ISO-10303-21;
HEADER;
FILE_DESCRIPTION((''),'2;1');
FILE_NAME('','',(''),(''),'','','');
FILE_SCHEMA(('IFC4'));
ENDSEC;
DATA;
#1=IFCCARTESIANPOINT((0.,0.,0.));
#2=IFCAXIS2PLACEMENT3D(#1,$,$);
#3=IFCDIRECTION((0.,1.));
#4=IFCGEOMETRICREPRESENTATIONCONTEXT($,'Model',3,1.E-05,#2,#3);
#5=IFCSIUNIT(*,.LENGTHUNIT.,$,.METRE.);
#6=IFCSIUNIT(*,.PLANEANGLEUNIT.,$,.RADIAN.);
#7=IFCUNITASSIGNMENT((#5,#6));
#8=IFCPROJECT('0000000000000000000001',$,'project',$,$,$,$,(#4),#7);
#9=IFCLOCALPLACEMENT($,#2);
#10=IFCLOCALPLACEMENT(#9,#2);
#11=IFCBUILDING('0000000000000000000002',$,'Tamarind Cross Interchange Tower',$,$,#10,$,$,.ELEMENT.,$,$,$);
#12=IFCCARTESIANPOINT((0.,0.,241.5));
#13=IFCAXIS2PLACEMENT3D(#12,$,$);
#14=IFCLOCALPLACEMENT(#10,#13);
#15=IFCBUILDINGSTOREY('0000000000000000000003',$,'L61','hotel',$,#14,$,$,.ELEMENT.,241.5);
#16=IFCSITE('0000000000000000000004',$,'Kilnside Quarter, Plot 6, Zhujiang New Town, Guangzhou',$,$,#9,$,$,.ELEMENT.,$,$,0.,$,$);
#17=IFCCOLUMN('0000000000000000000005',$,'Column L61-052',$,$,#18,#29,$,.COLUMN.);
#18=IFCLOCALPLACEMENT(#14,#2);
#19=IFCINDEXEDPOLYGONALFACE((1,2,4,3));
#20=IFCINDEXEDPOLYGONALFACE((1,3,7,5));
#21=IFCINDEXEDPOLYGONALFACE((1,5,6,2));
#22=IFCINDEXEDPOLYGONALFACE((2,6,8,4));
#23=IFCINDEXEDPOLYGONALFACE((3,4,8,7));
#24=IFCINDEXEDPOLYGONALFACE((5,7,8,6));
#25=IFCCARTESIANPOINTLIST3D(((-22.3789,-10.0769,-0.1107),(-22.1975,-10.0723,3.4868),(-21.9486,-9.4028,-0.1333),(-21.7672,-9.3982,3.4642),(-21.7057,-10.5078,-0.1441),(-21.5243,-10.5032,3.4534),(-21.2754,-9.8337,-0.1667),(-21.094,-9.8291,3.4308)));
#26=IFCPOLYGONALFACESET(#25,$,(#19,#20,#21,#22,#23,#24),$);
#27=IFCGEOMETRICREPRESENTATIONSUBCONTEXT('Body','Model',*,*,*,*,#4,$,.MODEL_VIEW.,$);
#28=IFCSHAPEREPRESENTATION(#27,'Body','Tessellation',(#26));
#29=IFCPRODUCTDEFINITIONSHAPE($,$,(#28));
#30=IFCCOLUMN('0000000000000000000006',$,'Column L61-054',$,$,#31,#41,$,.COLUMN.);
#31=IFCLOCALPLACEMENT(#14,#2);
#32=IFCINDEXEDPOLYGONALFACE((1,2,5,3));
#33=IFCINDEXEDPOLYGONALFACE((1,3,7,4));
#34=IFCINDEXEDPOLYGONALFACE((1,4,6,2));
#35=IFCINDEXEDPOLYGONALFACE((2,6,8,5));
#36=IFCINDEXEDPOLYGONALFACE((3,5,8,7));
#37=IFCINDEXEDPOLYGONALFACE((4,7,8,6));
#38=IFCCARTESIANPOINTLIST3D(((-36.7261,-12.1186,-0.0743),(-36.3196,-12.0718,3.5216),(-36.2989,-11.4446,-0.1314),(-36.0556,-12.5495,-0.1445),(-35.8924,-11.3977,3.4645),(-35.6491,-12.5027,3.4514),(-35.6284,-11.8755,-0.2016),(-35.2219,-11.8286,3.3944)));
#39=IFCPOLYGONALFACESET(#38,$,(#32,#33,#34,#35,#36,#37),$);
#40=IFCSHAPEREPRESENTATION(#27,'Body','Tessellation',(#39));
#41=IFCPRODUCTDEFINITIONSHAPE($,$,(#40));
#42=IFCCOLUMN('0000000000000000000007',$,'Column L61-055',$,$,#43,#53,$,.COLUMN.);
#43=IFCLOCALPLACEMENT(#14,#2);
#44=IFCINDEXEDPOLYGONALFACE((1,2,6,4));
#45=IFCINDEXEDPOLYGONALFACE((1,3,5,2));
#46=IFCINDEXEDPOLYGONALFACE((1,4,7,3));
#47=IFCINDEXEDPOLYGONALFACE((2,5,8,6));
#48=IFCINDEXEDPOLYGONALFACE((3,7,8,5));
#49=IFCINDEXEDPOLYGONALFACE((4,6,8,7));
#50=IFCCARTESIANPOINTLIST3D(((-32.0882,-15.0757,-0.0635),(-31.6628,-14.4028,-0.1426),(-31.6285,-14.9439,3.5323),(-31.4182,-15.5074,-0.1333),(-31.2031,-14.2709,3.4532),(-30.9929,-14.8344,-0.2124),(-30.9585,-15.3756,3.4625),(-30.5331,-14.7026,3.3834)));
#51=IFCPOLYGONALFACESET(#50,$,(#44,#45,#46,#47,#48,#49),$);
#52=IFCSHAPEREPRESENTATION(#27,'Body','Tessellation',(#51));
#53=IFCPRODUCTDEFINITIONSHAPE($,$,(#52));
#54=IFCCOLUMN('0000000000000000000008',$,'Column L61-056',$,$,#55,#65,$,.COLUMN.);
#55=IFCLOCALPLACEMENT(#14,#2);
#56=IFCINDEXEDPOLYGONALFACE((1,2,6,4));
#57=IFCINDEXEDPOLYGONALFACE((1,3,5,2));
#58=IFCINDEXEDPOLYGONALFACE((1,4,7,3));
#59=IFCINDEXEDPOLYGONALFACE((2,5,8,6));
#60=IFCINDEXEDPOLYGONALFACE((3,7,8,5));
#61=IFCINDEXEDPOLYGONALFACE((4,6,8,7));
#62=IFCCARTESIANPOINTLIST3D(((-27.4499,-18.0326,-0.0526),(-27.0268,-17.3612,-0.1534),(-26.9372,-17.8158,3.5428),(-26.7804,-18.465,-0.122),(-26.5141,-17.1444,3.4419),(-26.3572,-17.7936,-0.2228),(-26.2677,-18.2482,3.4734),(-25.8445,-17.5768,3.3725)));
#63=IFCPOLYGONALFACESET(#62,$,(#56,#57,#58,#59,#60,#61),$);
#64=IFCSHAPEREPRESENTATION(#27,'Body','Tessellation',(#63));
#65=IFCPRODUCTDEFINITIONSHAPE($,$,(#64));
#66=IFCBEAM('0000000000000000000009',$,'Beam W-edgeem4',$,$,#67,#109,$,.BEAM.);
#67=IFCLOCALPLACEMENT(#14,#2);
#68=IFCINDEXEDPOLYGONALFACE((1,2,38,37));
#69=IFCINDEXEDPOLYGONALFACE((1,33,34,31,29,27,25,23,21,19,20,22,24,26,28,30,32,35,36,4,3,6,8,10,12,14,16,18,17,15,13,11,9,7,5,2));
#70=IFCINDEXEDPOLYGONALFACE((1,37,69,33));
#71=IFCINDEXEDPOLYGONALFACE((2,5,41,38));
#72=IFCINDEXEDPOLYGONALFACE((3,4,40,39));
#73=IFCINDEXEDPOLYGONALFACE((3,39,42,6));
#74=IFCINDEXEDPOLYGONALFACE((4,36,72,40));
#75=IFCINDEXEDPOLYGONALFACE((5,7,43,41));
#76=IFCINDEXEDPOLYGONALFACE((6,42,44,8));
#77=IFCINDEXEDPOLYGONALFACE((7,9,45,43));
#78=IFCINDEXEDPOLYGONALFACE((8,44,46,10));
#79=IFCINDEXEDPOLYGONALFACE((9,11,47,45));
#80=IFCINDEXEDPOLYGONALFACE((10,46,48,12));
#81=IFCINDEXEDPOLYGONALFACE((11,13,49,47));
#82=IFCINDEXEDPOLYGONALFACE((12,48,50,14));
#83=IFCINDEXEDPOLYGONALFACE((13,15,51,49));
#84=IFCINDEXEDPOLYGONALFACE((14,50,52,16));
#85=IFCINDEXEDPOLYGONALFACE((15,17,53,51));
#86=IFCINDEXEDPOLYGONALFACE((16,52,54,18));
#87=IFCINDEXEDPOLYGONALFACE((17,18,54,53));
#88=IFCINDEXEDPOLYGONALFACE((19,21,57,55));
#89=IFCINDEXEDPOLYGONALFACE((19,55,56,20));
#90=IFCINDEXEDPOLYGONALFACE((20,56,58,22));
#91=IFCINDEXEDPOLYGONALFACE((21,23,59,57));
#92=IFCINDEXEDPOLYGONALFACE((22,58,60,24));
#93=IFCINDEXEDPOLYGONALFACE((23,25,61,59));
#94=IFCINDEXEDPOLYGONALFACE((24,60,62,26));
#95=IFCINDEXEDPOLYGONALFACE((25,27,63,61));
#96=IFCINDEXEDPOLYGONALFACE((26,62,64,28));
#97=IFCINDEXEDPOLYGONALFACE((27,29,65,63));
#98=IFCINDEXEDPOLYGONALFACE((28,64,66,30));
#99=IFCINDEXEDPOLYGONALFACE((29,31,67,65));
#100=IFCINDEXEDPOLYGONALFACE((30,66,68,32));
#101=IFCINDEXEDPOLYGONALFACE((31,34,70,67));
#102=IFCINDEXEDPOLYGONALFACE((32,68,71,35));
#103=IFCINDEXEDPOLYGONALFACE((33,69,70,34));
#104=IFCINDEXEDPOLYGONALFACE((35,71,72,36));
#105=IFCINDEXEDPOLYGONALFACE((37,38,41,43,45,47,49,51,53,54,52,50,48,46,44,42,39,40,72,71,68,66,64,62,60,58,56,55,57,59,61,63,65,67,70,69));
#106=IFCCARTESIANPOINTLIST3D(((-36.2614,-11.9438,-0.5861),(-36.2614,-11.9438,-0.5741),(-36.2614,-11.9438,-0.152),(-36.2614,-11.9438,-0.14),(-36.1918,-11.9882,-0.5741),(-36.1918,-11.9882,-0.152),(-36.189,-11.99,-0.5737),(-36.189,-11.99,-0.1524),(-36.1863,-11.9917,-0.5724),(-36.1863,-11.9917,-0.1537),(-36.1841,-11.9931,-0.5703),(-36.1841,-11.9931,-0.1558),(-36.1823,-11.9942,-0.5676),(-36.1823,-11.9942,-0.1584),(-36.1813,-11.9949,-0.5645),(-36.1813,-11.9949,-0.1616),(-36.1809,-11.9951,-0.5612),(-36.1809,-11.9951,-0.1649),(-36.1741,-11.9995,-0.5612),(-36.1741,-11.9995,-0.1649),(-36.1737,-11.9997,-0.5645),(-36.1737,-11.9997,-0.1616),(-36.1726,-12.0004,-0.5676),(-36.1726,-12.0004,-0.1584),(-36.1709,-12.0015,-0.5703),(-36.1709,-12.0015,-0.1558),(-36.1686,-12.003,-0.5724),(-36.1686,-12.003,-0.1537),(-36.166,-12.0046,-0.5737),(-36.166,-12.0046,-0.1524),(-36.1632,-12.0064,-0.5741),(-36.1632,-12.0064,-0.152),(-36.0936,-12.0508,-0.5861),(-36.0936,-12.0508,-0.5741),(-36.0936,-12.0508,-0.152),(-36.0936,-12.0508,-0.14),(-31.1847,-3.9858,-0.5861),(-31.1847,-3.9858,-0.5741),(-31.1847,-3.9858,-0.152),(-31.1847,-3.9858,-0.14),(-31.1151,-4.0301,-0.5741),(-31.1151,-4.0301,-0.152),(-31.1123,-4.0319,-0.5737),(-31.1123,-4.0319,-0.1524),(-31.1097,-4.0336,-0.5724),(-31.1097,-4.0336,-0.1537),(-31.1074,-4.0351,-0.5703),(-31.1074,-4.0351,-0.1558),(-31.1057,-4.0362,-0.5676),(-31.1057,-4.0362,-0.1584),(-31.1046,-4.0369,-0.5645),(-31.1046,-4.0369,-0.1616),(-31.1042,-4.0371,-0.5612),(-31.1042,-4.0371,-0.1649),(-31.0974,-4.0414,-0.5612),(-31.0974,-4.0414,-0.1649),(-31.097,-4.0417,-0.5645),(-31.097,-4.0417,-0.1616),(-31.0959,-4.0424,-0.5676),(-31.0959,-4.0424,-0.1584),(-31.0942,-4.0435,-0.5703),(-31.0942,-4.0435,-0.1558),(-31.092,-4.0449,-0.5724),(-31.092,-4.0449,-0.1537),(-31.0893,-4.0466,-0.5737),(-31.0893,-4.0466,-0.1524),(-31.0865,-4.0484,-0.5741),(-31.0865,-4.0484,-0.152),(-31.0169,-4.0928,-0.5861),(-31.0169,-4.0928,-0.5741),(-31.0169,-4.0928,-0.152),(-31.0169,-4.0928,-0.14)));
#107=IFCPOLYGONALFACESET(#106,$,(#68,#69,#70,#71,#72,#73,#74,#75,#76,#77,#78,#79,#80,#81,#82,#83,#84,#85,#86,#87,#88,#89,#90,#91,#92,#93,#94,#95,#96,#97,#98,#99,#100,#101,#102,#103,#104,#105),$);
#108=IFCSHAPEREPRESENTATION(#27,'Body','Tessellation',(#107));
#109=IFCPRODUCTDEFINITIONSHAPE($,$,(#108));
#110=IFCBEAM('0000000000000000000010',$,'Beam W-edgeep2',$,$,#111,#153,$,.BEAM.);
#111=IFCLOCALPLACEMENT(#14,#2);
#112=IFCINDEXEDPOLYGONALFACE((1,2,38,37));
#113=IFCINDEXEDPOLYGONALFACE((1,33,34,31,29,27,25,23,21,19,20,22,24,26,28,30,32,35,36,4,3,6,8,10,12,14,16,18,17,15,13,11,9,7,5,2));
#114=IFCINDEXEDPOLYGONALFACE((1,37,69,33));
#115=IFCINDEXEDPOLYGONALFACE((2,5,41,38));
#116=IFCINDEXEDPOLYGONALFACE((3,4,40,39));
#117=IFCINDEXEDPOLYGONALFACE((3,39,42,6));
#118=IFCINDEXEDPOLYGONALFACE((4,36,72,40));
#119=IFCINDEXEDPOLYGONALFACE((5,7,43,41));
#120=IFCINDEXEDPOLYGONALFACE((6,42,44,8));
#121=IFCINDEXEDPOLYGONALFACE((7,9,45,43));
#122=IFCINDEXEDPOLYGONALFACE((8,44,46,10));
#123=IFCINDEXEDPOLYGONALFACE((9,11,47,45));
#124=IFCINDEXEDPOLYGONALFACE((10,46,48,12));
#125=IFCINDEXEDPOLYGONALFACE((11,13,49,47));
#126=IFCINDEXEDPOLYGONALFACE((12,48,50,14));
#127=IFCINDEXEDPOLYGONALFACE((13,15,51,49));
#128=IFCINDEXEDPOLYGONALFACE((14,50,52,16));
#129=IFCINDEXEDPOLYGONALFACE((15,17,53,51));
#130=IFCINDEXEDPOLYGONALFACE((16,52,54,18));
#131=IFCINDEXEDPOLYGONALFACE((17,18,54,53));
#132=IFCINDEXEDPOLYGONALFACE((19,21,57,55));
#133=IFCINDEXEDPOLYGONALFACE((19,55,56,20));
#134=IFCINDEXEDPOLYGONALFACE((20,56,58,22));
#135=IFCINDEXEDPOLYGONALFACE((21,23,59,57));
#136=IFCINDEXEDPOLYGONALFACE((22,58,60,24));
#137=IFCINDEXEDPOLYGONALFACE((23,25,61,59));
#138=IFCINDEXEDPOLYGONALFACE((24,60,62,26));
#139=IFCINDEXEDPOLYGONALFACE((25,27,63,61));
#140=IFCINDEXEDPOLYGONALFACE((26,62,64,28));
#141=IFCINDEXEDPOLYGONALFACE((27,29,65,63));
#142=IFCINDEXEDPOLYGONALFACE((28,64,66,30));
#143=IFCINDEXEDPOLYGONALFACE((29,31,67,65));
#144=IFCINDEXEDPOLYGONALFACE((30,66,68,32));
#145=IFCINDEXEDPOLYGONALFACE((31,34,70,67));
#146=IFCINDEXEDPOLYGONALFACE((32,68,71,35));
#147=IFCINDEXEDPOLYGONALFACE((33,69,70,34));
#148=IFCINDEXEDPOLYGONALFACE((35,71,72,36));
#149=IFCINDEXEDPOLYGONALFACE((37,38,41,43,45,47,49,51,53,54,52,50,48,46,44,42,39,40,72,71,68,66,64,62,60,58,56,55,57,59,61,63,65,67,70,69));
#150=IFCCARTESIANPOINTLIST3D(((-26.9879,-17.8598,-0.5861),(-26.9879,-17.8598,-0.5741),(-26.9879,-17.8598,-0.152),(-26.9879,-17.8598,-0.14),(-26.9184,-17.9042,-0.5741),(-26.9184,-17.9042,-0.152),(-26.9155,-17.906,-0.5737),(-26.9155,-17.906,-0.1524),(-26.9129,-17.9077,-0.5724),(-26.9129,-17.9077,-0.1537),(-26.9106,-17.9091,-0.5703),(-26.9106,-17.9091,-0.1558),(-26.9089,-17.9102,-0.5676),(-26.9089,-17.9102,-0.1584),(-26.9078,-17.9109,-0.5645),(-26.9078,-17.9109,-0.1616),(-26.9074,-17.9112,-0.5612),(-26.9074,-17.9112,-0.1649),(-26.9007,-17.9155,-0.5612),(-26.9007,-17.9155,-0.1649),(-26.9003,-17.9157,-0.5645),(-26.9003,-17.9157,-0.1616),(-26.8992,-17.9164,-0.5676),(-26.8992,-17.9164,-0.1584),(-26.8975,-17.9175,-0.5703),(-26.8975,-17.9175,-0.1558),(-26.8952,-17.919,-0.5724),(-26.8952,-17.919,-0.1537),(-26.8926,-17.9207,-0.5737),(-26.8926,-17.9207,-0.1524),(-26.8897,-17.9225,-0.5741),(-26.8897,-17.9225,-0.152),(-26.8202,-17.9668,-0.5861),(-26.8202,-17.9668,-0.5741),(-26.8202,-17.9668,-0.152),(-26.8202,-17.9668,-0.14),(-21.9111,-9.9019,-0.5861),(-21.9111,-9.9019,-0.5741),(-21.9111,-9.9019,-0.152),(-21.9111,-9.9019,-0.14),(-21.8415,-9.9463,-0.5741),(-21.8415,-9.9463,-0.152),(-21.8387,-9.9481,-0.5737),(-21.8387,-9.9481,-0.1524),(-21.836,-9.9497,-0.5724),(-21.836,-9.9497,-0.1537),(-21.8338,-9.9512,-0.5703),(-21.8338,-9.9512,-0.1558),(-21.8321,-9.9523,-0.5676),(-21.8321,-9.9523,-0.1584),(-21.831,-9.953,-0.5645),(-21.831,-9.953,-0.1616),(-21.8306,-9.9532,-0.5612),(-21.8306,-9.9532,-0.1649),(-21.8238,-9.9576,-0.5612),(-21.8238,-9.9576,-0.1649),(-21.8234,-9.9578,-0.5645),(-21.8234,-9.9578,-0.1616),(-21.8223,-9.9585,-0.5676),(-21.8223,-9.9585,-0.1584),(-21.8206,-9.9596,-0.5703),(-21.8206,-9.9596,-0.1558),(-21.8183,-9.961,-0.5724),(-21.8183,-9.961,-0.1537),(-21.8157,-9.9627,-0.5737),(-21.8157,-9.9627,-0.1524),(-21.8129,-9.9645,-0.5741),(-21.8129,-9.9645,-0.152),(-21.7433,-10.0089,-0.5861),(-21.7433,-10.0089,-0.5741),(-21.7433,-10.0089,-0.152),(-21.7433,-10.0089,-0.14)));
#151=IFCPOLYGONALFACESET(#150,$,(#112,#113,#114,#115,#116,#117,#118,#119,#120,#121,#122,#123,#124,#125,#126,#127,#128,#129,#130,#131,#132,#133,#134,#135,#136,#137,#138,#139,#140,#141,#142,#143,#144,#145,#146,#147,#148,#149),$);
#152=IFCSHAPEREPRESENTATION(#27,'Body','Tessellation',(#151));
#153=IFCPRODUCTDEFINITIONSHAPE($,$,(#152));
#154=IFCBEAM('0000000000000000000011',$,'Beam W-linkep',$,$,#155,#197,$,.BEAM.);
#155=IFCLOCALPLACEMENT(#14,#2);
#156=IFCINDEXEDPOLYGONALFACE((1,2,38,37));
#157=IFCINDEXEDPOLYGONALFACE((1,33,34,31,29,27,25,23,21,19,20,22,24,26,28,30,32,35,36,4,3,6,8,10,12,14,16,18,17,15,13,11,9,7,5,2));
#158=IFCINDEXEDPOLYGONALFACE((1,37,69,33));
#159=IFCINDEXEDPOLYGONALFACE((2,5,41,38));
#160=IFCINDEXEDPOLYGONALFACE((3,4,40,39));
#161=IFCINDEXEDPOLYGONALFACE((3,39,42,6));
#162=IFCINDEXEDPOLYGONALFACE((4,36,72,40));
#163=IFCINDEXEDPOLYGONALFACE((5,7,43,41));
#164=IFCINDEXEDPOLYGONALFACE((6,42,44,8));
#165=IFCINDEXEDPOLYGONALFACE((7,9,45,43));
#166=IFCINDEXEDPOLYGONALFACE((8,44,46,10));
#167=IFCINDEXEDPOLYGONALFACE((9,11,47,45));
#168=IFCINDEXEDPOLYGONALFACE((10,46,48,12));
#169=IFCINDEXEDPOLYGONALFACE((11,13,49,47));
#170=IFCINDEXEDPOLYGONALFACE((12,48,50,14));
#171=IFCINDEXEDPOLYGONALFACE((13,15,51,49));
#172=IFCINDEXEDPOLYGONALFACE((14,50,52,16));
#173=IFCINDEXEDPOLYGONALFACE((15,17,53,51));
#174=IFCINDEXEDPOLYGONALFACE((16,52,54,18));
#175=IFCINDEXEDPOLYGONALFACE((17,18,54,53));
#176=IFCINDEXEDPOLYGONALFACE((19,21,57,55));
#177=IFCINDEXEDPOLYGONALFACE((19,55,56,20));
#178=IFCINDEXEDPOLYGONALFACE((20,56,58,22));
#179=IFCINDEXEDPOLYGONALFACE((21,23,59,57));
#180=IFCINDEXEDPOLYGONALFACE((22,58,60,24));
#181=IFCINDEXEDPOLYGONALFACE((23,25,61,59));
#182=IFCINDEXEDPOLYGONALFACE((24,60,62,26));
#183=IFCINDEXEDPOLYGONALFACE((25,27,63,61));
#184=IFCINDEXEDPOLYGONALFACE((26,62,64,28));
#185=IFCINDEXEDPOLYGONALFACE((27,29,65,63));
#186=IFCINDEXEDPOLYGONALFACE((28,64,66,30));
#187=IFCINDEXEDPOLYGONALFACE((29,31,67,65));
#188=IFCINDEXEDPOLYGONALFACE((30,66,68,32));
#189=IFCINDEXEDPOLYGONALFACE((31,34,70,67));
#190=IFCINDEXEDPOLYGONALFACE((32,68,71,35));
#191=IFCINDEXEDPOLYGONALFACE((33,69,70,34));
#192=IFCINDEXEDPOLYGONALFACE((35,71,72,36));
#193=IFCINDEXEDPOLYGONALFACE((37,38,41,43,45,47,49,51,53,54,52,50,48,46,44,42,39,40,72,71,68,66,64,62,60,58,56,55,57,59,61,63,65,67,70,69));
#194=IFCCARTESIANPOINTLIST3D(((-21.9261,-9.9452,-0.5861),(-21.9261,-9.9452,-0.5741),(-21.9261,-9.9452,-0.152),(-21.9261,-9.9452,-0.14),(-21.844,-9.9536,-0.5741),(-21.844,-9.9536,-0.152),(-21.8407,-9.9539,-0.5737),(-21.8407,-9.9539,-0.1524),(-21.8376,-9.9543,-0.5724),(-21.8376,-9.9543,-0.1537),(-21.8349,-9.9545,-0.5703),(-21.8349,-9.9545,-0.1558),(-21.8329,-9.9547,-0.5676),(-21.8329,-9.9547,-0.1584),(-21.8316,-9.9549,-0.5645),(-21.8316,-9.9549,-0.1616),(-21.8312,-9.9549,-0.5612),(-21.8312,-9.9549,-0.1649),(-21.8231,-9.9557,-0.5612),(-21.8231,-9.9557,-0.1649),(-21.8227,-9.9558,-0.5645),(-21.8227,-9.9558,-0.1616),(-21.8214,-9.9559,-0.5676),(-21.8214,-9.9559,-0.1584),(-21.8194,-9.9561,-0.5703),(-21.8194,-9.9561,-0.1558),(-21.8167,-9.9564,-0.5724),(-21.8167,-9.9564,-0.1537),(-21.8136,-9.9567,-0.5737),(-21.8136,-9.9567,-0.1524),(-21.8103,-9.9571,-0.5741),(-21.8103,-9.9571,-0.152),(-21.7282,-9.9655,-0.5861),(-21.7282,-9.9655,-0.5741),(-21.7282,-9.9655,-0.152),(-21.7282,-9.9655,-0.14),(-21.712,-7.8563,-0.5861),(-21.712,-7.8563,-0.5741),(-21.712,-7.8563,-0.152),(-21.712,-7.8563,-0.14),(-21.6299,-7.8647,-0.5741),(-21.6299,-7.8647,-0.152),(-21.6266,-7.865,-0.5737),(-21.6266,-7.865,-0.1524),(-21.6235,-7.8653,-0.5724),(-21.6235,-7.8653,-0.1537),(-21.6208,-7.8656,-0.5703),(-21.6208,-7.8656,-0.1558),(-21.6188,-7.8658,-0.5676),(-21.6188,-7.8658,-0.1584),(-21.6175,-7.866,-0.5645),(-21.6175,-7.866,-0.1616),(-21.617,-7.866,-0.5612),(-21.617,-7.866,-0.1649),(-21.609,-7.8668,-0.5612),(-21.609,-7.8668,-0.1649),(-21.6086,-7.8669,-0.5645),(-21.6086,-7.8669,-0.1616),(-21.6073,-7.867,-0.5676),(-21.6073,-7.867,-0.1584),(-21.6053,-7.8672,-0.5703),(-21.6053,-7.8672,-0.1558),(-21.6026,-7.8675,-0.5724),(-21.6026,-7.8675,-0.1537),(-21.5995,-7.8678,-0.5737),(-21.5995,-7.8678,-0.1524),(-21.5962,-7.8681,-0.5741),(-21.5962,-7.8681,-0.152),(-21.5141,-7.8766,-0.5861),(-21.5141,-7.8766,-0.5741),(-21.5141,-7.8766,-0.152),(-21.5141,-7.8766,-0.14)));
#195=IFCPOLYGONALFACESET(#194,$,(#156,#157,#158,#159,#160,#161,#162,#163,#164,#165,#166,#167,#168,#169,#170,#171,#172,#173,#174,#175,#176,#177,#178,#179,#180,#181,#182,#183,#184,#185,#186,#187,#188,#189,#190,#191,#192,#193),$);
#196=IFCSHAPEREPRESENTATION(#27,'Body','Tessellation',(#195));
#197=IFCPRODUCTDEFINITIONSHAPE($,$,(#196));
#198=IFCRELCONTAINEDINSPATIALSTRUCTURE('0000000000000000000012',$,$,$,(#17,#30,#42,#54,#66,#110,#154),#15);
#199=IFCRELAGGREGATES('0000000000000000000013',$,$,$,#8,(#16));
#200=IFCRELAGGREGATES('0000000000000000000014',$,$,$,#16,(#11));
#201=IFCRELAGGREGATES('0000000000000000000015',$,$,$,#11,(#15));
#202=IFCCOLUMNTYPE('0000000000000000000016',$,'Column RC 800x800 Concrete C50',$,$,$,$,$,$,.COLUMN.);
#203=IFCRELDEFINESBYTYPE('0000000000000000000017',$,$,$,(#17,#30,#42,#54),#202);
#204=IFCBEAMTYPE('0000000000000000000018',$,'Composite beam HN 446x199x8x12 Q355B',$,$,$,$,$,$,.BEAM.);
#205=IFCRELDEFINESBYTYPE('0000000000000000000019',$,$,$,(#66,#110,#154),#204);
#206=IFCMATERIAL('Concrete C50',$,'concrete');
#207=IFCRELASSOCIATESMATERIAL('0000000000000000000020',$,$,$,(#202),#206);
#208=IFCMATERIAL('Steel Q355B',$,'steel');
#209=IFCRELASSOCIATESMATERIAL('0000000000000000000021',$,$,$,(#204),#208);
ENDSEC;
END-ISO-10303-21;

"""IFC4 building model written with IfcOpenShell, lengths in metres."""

from ifc_helpers import new_model, si_unit, direction, frame, origin, origin_2d, place, context, subcontext, project, spatial, rectangle, i_section, extrude, material, material_profile, profile_set, type_object, element, save


model = new_model("IFC4")

# Units and contexts
model_context = context("Model", 3, precision=1e-05, world=origin(), true_north=direction((0.0, 1.0)))
body_context = subcontext(model_context, "Body", "Model", "MODEL_VIEW")
ifc_project = project(units=[si_unit("LENGTHUNIT", "METRE"), si_unit("PLANEANGLEUNIT", "RADIAN")], contexts=[model_context])

# Site, building, storey
site_placement = place(None, origin())
site = spatial("IfcSite", under=ifc_project, at=site_placement, Name="Kilnside Quarter, Plot 6, Zhujiang New Town, Guangzhou", CompositionType="ELEMENT", RefElevation=0.0)
building_placement = place(site_placement, origin())
building = spatial("IfcBuilding", under=site, at=building_placement, Name="Tamarind Cross Interchange Tower", CompositionType="ELEMENT")
storey_placement = place(building_placement, frame((0.0, 0.0, 241.5)))
storey = spatial("IfcBuildingStorey", under=building, at=storey_placement, Name="L61", Description="hotel", CompositionType="ELEMENT", Elevation=241.5)

# Columns
ifc_material_1 = material(Name="Concrete C50", Category="concrete")
ifc_material_profile_1 = material_profile(ifc_material_1, rectangle(XDim=0.8, YDim=0.8, at=origin_2d()), Name="RC 800x800")
ifc_profile_set_1 = profile_set([ifc_material_profile_1], Name="Concrete C50")
column_type = type_object("IfcColumnType", Name="Column RC 800x800 Concrete C50", PredefinedType="COLUMN", material=ifc_profile_set_1)
column_1_placement = place(storey_placement, frame((-21.8271, -9.9553, -0.1387), z_axis=(0.05036, 0.001288, 0.99873), x_axis=(-0.841513, 0.538622, 0.041738)))
element("IfcColumn", 1, at=column_1_placement, inside=storey, type_object=column_type, Name="Column L61-052", PredefinedType="COLUMN", context=body_context, shape_type="SweptSolid", body=[
    extrude(rectangle(XDim=0.8, YDim=0.8, at=origin_2d()), origin(), (0.0, 0.0, 1.0), 3.6021),
])
column_2_placement = place(storey_placement, frame((-36.1772, -11.9971, -0.1379), z_axis=(0.112317, 0.012952, 0.993588), x_axis=(-0.837998, 0.538578, 0.087709)))
element("IfcColumn", 2, at=column_2_placement, inside=storey, type_object=column_type, Name="Column L61-054", PredefinedType="COLUMN", context=body_context, shape_type="SweptSolid", body=[
    extrude(rectangle(XDim=0.8, YDim=0.8, at=origin_2d()), origin(), (0.0, 0.0, 1.0), 3.6191),
])
column_3_placement = place(storey_placement, frame((-31.5405, -14.9551, -0.1379), z_axis=(0.126736, 0.036345, 0.99127), x_axis=(-0.837408, 0.539565, 0.087281)))
element("IfcColumn", 3, at=column_3_placement, inside=storey, type_object=column_type, Name="Column L61-055", PredefinedType="COLUMN", context=body_context, shape_type="SweptSolid", body=[
    extrude(rectangle(XDim=0.8, YDim=0.8, at=origin_2d()), origin(), (0.0, 0.0, 1.0), 3.6274),
])
column_4_placement = place(storey_placement, frame((-26.9036, -17.9131, -0.1377), z_axis=(0.140916, 0.059588, 0.988227), x_axis=(-0.836894, 0.540447, 0.086749)))
element("IfcColumn", 4, at=column_4_placement, inside=storey, type_object=column_type, Name="Column L61-056", PredefinedType="COLUMN", context=body_context, shape_type="SweptSolid", body=[
    extrude(rectangle(XDim=0.8, YDim=0.8, at=origin_2d()), origin(), (0.0, 0.0, 1.0), 3.6382),
])

# Beams
ifc_material_2 = material(Name="Steel Q355B", Category="steel")
ifc_material_profile_2 = material_profile(ifc_material_2, i_section(OverallWidth=0.199, OverallDepth=0.446, WebThickness=0.0081, FlangeThickness=0.012, FilletRadius=0.0129, at=origin_2d()), Name="HN 446x199x8x12")
ifc_profile_set_2 = profile_set([ifc_material_profile_2], Name="Steel Q355B")
beam_type_1 = type_object("IfcBeamType", Name="Composite beam HN 446x199x8x12 Q355B", PredefinedType="BEAM", material=ifc_profile_set_2)
for number, where, z_axis, x_axis, name in (
    (5, (-36.1775, -11.9973, -0.363), (0.537816, 0.843062, 0.0), (-0.843062, 0.537816, 0.0), "Beam W-edgeem4"),
    (6, (-26.9041, -17.9133, -0.363), (0.537834, 0.843051, 0.0), (-0.843051, 0.537834, 0.0), "Beam W-edgeep2"),
):
    element("IfcBeam", number, at=place(storey_placement, frame(where, z_axis=z_axis, x_axis=x_axis)), inside=storey, type_object=beam_type_1, Name=name, PredefinedType="BEAM", context=body_context, shape_type="SweptSolid", body=[
        extrude(i_section(OverallWidth=0.199, OverallDepth=0.446, WebThickness=0.0081, FlangeThickness=0.012, FilletRadius=0.0129, at=origin_2d()), origin(), (0.0, 0.0, 1.0), 9.4395),
    ])
beam_1_placement = place(storey_placement, frame((-21.8271, -9.9553, -0.363), z_axis=(0.101967, 0.994788, 0.0), x_axis=(-0.994788, 0.101967, 0.0)))
element("IfcBeam", 7, at=beam_1_placement, inside=storey, type_object=beam_type_1, Name="Beam W-linkep", PredefinedType="BEAM", context=body_context, shape_type="SweptSolid", body=[
    extrude(i_section(OverallWidth=0.199, OverallDepth=0.446, WebThickness=0.0081, FlangeThickness=0.012, FilletRadius=0.0129, at=origin_2d()), origin(), (0.0, 0.0, 1.0), 2.0999),
])

save(model, "model.ifc")
